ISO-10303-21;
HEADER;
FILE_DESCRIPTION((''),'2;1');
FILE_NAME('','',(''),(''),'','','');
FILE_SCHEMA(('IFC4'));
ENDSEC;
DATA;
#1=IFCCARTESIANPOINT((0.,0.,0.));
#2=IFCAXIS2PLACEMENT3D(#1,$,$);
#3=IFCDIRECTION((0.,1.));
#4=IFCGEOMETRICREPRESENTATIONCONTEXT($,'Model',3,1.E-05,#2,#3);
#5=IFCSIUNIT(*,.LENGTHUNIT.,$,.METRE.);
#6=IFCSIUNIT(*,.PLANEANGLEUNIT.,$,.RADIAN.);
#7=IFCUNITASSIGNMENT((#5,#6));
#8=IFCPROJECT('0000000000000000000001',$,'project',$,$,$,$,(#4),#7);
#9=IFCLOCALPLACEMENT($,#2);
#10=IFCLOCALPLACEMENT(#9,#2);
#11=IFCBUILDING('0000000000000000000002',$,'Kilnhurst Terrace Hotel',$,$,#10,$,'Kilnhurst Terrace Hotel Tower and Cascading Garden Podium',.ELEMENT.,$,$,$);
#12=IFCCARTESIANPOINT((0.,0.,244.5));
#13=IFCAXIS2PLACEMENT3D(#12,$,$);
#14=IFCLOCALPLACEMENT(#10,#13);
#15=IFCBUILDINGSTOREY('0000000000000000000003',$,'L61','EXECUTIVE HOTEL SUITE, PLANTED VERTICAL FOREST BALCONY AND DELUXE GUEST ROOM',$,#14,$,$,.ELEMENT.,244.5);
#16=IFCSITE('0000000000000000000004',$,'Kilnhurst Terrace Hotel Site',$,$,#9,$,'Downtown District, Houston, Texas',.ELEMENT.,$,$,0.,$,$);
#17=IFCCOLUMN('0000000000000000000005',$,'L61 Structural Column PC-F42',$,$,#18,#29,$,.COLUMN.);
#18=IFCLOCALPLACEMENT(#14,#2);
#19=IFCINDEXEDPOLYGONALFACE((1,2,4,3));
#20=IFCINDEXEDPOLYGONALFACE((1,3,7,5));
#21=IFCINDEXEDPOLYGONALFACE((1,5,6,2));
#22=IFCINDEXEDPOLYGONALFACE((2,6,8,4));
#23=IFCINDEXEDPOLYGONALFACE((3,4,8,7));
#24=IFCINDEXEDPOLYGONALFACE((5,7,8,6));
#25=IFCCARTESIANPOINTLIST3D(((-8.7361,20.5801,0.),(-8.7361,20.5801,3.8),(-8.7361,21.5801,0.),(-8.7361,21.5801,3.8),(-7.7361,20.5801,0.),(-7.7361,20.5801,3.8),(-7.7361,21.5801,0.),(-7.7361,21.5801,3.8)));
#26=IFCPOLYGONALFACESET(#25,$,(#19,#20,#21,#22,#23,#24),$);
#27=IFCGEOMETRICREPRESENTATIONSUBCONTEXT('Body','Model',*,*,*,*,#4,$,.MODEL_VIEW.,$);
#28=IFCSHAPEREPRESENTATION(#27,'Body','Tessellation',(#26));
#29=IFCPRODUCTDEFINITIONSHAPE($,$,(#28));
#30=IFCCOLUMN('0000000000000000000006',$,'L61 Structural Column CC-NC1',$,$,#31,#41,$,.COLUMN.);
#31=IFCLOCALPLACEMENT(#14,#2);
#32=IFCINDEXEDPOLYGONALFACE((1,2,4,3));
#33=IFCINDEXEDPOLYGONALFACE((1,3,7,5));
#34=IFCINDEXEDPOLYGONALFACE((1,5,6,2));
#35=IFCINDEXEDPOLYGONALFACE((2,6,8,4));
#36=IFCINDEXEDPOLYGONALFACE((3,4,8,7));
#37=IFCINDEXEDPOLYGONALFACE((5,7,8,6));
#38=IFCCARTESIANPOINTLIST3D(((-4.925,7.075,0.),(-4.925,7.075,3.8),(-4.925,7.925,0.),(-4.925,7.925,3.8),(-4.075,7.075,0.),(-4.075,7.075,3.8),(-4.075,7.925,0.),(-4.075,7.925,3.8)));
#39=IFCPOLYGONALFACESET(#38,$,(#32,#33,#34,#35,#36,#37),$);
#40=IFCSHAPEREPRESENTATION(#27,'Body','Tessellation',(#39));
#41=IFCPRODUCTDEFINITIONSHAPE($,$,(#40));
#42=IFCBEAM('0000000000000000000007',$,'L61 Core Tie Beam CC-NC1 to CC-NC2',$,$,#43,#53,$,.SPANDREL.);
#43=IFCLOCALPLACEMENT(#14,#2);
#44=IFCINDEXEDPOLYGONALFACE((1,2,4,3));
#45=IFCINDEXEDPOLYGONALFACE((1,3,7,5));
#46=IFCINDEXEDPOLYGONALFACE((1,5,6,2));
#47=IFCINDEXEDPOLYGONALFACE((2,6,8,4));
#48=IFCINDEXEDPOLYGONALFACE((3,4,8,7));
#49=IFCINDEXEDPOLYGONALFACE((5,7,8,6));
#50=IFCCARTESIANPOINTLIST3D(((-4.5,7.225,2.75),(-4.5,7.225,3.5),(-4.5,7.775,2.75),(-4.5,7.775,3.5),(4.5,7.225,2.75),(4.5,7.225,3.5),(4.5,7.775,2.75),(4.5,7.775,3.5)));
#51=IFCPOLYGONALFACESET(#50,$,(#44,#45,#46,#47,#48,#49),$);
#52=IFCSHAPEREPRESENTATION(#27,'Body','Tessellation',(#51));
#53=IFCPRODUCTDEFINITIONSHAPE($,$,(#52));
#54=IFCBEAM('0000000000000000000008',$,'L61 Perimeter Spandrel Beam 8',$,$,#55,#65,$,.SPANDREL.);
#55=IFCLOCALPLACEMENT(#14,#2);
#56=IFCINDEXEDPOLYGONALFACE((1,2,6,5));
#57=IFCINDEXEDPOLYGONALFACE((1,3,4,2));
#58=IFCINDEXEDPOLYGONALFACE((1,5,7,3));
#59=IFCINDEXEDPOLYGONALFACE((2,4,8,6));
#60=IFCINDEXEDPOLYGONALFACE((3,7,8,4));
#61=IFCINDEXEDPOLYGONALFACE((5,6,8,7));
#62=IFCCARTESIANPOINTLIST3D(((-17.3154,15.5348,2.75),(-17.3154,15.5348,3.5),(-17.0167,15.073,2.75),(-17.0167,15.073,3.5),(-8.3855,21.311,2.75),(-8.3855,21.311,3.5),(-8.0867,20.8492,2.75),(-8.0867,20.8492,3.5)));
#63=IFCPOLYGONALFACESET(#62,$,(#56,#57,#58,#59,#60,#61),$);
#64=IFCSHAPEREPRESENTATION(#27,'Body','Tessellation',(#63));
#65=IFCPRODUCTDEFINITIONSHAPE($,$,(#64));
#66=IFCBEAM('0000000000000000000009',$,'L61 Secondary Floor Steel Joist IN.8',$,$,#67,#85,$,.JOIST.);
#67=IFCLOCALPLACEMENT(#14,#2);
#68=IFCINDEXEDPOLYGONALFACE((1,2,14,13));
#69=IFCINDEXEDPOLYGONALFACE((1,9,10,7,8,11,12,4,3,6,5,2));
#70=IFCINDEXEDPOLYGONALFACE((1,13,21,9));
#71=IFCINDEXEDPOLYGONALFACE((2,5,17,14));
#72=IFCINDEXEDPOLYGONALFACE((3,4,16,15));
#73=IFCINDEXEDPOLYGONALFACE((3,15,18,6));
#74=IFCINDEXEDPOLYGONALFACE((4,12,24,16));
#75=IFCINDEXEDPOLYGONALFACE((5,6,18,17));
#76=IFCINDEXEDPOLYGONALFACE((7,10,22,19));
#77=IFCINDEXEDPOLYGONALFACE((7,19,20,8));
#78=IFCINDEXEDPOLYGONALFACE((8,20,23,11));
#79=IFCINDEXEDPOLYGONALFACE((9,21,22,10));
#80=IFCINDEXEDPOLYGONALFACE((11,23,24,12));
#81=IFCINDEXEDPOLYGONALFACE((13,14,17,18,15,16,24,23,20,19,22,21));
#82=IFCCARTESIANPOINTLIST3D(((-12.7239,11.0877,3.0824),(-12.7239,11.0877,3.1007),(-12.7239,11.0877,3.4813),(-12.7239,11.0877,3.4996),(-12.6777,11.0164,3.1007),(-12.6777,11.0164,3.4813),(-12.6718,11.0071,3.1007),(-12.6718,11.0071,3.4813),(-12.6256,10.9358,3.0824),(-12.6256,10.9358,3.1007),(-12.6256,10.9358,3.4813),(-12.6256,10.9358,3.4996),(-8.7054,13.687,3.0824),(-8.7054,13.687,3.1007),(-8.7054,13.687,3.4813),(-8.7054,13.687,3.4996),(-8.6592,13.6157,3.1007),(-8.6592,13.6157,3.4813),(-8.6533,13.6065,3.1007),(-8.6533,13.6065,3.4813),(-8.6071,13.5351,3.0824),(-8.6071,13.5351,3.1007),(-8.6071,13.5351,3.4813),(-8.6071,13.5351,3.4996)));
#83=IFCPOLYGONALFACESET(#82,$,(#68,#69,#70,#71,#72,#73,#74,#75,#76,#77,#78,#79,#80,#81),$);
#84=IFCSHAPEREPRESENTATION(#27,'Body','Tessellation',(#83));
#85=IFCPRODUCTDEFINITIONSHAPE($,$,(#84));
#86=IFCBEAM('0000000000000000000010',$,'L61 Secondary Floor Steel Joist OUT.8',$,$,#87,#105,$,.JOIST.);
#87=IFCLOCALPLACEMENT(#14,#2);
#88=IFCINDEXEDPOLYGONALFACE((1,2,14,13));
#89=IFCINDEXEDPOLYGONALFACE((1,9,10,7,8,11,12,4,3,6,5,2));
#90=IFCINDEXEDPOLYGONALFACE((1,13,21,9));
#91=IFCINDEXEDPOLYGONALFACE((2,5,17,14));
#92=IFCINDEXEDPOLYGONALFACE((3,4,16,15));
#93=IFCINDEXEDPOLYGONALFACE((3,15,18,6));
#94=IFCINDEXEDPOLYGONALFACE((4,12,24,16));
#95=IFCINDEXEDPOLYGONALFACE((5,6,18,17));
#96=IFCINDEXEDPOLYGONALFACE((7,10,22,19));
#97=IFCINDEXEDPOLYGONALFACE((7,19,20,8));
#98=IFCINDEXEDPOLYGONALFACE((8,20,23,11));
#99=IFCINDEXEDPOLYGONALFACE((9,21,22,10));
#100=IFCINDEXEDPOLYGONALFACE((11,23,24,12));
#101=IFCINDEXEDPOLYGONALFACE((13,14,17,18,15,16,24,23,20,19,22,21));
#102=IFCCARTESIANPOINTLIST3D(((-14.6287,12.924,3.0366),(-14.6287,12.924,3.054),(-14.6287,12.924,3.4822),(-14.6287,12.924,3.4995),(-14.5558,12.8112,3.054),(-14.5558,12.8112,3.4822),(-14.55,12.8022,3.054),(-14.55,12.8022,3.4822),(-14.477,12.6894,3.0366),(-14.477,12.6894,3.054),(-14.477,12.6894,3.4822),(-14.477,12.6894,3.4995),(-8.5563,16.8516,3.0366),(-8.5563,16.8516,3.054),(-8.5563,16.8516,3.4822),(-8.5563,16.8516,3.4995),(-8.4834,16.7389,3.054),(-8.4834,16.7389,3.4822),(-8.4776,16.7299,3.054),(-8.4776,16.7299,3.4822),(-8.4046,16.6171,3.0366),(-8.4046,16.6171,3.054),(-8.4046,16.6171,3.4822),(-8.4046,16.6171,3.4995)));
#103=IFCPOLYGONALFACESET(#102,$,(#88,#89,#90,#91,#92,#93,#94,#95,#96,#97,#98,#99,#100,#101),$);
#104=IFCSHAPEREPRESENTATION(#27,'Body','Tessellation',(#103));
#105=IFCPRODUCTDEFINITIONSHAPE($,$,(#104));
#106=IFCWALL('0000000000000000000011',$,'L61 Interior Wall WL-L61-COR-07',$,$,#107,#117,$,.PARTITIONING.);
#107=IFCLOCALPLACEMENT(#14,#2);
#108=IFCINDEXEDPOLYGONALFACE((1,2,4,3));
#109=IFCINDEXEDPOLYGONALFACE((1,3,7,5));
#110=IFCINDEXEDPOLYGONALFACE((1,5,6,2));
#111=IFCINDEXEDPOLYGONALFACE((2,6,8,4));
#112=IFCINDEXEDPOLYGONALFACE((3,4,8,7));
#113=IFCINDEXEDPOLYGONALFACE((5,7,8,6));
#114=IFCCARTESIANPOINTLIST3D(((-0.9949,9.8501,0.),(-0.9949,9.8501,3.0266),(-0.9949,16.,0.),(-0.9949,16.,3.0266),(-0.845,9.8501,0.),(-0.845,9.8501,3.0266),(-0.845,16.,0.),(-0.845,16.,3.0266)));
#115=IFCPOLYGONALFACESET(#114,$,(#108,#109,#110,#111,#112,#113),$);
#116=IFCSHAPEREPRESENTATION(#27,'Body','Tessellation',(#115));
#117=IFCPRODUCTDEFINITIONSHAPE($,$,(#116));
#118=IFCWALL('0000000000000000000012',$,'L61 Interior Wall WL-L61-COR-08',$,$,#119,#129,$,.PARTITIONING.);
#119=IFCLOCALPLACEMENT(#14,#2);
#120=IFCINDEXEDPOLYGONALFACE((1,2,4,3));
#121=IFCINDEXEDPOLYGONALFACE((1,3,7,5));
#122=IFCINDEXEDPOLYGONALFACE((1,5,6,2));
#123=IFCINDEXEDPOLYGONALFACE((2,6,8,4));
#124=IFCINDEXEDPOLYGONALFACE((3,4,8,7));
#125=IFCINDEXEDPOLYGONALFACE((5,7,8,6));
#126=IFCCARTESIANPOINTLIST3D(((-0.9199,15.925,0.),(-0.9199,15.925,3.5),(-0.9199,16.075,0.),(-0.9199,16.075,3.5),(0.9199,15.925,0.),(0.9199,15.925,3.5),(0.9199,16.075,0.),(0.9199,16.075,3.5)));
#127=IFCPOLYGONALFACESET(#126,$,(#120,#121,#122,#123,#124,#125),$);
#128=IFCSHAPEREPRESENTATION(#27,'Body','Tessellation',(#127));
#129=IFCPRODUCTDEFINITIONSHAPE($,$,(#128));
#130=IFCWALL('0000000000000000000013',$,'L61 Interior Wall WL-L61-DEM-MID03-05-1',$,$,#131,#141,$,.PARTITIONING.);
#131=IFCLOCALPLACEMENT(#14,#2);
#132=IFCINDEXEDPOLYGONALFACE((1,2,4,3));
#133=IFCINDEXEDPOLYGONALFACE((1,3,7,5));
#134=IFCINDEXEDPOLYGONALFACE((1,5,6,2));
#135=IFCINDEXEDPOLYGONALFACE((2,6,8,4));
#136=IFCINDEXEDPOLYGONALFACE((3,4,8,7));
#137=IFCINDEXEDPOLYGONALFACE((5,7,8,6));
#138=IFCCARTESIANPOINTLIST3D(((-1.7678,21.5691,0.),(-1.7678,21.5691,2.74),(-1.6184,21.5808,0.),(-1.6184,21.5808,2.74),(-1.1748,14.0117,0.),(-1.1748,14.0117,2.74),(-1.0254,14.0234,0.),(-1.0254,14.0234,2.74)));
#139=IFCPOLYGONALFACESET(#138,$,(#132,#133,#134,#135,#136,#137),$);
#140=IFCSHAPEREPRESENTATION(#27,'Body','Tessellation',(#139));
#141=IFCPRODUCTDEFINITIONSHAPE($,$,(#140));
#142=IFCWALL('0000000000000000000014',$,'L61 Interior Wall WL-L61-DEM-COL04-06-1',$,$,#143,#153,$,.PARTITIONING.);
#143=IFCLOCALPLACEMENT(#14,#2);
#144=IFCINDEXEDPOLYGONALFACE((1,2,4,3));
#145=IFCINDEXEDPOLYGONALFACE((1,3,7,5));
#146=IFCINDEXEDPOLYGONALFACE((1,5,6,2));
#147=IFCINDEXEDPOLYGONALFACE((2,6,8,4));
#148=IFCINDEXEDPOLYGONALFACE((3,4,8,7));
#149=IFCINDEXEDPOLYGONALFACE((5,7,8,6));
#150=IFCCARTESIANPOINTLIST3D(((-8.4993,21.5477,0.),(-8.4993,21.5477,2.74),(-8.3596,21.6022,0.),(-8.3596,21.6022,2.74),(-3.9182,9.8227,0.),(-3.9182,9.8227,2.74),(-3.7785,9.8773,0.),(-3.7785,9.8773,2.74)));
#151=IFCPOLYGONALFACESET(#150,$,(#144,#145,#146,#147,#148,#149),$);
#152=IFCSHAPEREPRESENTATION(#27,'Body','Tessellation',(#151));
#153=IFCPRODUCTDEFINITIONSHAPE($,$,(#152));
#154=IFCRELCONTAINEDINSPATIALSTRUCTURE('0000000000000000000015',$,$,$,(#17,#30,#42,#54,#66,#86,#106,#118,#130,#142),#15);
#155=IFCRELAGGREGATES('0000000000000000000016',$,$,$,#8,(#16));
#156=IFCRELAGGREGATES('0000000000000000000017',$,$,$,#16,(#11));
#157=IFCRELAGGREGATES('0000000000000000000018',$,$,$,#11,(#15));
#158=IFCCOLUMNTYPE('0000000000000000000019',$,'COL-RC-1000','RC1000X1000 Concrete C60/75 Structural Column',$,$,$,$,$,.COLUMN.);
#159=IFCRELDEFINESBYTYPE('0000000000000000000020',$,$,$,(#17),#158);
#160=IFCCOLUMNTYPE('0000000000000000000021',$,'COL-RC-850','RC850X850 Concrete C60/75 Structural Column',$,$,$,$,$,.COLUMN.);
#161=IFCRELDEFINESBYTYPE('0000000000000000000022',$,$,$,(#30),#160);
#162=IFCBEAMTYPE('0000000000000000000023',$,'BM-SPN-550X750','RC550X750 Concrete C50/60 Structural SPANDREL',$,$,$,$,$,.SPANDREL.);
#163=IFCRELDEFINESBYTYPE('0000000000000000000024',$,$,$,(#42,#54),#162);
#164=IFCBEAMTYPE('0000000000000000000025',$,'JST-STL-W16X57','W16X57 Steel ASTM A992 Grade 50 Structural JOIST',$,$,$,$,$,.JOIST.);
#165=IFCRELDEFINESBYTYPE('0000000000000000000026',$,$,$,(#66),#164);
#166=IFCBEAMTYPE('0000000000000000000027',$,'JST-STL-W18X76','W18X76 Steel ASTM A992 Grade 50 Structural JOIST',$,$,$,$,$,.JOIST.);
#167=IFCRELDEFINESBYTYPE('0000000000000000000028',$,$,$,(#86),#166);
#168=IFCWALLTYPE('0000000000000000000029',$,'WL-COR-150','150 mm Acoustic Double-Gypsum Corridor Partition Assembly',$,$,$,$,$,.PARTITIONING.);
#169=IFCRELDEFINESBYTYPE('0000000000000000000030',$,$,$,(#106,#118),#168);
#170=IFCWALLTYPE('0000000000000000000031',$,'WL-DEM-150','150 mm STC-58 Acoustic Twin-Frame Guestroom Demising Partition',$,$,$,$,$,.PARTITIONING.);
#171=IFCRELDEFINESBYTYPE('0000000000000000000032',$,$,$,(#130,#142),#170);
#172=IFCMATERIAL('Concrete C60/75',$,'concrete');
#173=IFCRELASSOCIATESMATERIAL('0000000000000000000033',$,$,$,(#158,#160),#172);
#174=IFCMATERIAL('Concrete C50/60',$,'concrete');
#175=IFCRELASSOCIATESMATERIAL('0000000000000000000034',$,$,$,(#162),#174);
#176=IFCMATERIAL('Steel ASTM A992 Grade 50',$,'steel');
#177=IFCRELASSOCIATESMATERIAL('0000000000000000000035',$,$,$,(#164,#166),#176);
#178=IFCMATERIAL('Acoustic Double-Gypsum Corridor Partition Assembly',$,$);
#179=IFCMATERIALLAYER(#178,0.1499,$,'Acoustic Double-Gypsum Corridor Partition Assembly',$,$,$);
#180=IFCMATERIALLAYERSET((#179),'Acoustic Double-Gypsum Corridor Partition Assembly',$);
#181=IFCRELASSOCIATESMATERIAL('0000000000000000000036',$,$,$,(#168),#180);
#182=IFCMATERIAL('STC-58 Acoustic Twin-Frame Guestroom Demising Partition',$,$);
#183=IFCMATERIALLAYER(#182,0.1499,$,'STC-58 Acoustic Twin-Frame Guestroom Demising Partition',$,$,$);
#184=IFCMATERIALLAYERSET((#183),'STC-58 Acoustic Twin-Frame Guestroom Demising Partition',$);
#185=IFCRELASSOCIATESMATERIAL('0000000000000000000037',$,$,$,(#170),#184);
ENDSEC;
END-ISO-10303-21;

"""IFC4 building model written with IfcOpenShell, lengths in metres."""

from ifc_helpers import new_model, si_unit, direction, frame, frame_2d, origin, origin_2d, place, context, subcontext, project, spatial, rectangle, i_section, extrude, material, layer, layer_set, material_profile, profile_set, type_object, element, save


model = new_model("IFC4")

# Units and contexts
model_context = context("Model", 3, precision=1e-05, world=origin(), true_north=direction((0.0, 1.0)))
body_context = subcontext(model_context, "Body", "Model", "MODEL_VIEW")
ifc_project = project(units=[si_unit("LENGTHUNIT", "METRE"), si_unit("PLANEANGLEUNIT", "RADIAN")], contexts=[model_context])

# Site, building, storey
site_placement = place(None, origin())
site = spatial("IfcSite", under=ifc_project, at=site_placement, Name="Kilnhurst Terrace Hotel Site", LongName="Downtown District, Houston, Texas", CompositionType="ELEMENT", RefElevation=0.0)
building_placement = place(site_placement, origin())
building = spatial("IfcBuilding", under=site, at=building_placement, Name="Kilnhurst Terrace Hotel", LongName="Kilnhurst Terrace Hotel Tower and Cascading Garden Podium", CompositionType="ELEMENT")
storey_placement = place(building_placement, frame((0.0, 0.0, 244.5)))
storey = spatial("IfcBuildingStorey", under=building, at=storey_placement, Name="L61", Description="EXECUTIVE HOTEL SUITE, PLANTED VERTICAL FOREST BALCONY AND DELUXE GUEST ROOM", CompositionType="ELEMENT", Elevation=244.5)

# Columns
ifc_material_1 = material(Name="Concrete C60/75", Category="concrete")
ifc_material_profile_1 = material_profile(ifc_material_1, rectangle(XDim=1.0, YDim=1.0, at=origin_2d()), Name="RC1000X1000")
ifc_profile_set_1 = profile_set([ifc_material_profile_1], Name="Concrete C60/75")
column_type_1 = type_object("IfcColumnType", Name="COL-RC-1000", Description="RC1000X1000 Concrete C60/75 Structural Column", PredefinedType="COLUMN", material=ifc_profile_set_1)
column_1_placement = place(storey_placement, frame((-8.2361, 21.0801, 0.0), z_axis=(0.0, 0.0, 1.0), x_axis=(1.0, 0.0, 0.0)))
element("IfcColumn", 1, at=column_1_placement, inside=storey, type_object=column_type_1, Name="L61 Structural Column PC-F42", PredefinedType="COLUMN", context=body_context, shape_type="SweptSolid", body=[
    extrude(rectangle(XDim=1.0, YDim=1.0, at=origin_2d()), origin(), (0.0, 0.0, 1.0), 3.8),
])
ifc_material_profile_2 = material_profile(ifc_material_1, rectangle(XDim=0.8501, YDim=0.8501, at=origin_2d()), Name="RC850X850")
ifc_profile_set_2 = profile_set([ifc_material_profile_2], Name="Concrete C60/75")
column_type_2 = type_object("IfcColumnType", Name="COL-RC-850", Description="RC850X850 Concrete C60/75 Structural Column", PredefinedType="COLUMN", material=ifc_profile_set_2)
column_2_placement = place(storey_placement, frame((-4.5, 7.5, 0.0), z_axis=(0.0, 0.0, 1.0), x_axis=(1.0, 0.0, 0.0)))
element("IfcColumn", 2, at=column_2_placement, inside=storey, type_object=column_type_2, Name="L61 Structural Column CC-NC1", PredefinedType="COLUMN", context=body_context, shape_type="SweptSolid", body=[
    extrude(rectangle(XDim=0.8501, YDim=0.8501, at=origin_2d()), origin(), (0.0, 0.0, 1.0), 3.8),
])

# Beams
ifc_material_2 = material(Name="Concrete C50/60", Category="concrete")
ifc_material_profile_3 = material_profile(ifc_material_2, rectangle(XDim=0.55, YDim=0.75, at=origin_2d()), Name="RC550X750")
ifc_profile_set_3 = profile_set([ifc_material_profile_3], Name="Concrete C50/60")
beam_type_1 = type_object("IfcBeamType", Name="BM-SPN-550X750", Description="RC550X750 Concrete C50/60 Structural SPANDREL", PredefinedType="SPANDREL", material=ifc_profile_set_3)
beam_1_placement = place(storey_placement, frame((-4.5, 7.5, 3.125), z_axis=(1.0, 0.0, 0.0), x_axis=(0.0, 1.0, 0.0)))
element("IfcBeam", 3, at=beam_1_placement, inside=storey, type_object=beam_type_1, Name="L61 Core Tie Beam CC-NC1 to CC-NC2", PredefinedType="SPANDREL", context=body_context, shape_type="SweptSolid", body=[
    extrude(rectangle(XDim=0.55, YDim=0.75, at=origin_2d()), origin(), (0.0, 0.0, 1.0), 9.0),
])
beam_2_placement = place(storey_placement, frame((-8.2361, 21.0801, 3.125), z_axis=(-0.839659, -0.543114, 0.0), x_axis=(0.543114, -0.839659, 0.0)))
element("IfcBeam", 4, at=beam_2_placement, inside=storey, type_object=beam_type_1, Name="L61 Perimeter Spandrel Beam 8", PredefinedType="SPANDREL", context=body_context, shape_type="SweptSolid", body=[
    extrude(rectangle(XDim=0.55, YDim=0.75, at=origin_2d()), origin(), (0.0, 0.0, 1.0), 10.6353),
])
ifc_material_3 = material(Name="Steel ASTM A992 Grade 50", Category="steel")
ifc_material_profile_4 = material_profile(ifc_material_3, i_section(OverallWidth=0.1809, OverallDepth=0.4172, WebThickness=0.011, FlangeThickness=0.0183, at=origin_2d()), Name="W16X57")
ifc_profile_set_4 = profile_set([ifc_material_profile_4], Name="Steel ASTM A992 Grade 50")
beam_type_2 = type_object("IfcBeamType", Name="JST-STL-W16X57", Description="W16X57 Steel ASTM A992 Grade 50 Structural JOIST", PredefinedType="JOIST", material=ifc_profile_set_4)
beam_3_placement = place(storey_placement, frame((-8.6562, 13.6111, 3.291), z_axis=(-0.839654, -0.543122, 0.0), x_axis=(0.543122, -0.839654, 0.0)))
element("IfcBeam", 5, at=beam_3_placement, inside=storey, type_object=beam_type_2, Name="L61 Secondary Floor Steel Joist IN.8", PredefinedType="JOIST", context=body_context, shape_type="SweptSolid", body=[
    extrude(i_section(OverallWidth=0.1809, OverallDepth=0.4172, WebThickness=0.011, FlangeThickness=0.0183, at=origin_2d()), origin(), (0.0, 0.0, 1.0), 4.7859),
])
ifc_material_profile_5 = material_profile(ifc_material_3, i_section(OverallWidth=0.2793, OverallDepth=0.4629, WebThickness=0.0107, FlangeThickness=0.0173, at=origin_2d()), Name="W18X76")
ifc_profile_set_5 = profile_set([ifc_material_profile_5], Name="Steel ASTM A992 Grade 50")
beam_type_3 = type_object("IfcBeamType", Name="JST-STL-W18X76", Description="W18X76 Steel ASTM A992 Grade 50 Structural JOIST", PredefinedType="JOIST", material=ifc_profile_set_5)
beam_4_placement = place(storey_placement, frame((-8.4805, 16.7344, 3.2681), z_axis=(-0.839667, -0.543101, 0.0), x_axis=(0.543101, -0.839667, 0.0)))
element("IfcBeam", 6, at=beam_4_placement, inside=storey, type_object=beam_type_3, Name="L61 Secondary Floor Steel Joist OUT.8", PredefinedType="JOIST", context=body_context, shape_type="SweptSolid", body=[
    extrude(i_section(OverallWidth=0.2793, OverallDepth=0.4629, WebThickness=0.0107, FlangeThickness=0.0173, at=origin_2d()), origin(), (0.0, 0.0, 1.0), 7.2319),
])

# Walls
ifc_material_4 = material(Name="Acoustic Double-Gypsum Corridor Partition Assembly")
ifc_layer_1 = layer(ifc_material_4, 0.1499, Name="Acoustic Double-Gypsum Corridor Partition Assembly")
ifc_layer_set_1 = layer_set([ifc_layer_1], Name="Acoustic Double-Gypsum Corridor Partition Assembly")
wall_type_1 = type_object("IfcWallType", Name="WL-COR-150", Description="150 mm Acoustic Double-Gypsum Corridor Partition Assembly", PredefinedType="PARTITIONING", material=ifc_layer_set_1)
wall_1_placement = place(storey_placement, frame((-0.9199, 9.8501, 0.0), z_axis=(0.0, 0.0, 1.0), x_axis=(0.0, 1.0, 0.0)))
element("IfcWall", 7, at=wall_1_placement, inside=storey, type_object=wall_type_1, Name="L61 Interior Wall WL-L61-COR-07", PredefinedType="PARTITIONING", context=body_context, shape_type="SweptSolid", body=[
    extrude(rectangle(XDim=6.1499, YDim=0.1499, at=frame_2d((3.075, 0.0))), origin(), (0.0, 0.0, 1.0), 3.0266),
])
wall_2_placement = place(storey_placement, frame((-0.9199, 16.0, 0.0), z_axis=(0.0, 0.0, 1.0), x_axis=(1.0, 0.0, 0.0)))
element("IfcWall", 8, at=wall_2_placement, inside=storey, type_object=wall_type_1, Name="L61 Interior Wall WL-L61-COR-08", PredefinedType="PARTITIONING", context=body_context, shape_type="SweptSolid", body=[
    extrude(rectangle(XDim=1.8398, YDim=0.1499, at=frame_2d((0.9199, 0.0))), origin(), (0.0, 0.0, 1.0), 3.5),
])
ifc_material_5 = material(Name="STC-58 Acoustic Twin-Frame Guestroom Demising Partition")
ifc_layer_2 = layer(ifc_material_5, 0.1499, Name="STC-58 Acoustic Twin-Frame Guestroom Demising Partition")
ifc_layer_set_2 = layer_set([ifc_layer_2], Name="STC-58 Acoustic Twin-Frame Guestroom Demising Partition")
wall_type_2 = type_object("IfcWallType", Name="WL-DEM-150", Description="150 mm STC-58 Acoustic Twin-Frame Guestroom Demising Partition", PredefinedType="PARTITIONING", material=ifc_layer_set_2)
wall_3_placement = place(storey_placement, frame((-1.1001, 14.0176, 0.0), z_axis=(0.0, 0.0, 1.0), x_axis=(-0.078228, 0.996935, 0.0)))
element("IfcWall", 9, at=wall_3_placement, inside=storey, type_object=wall_type_2, Name="L61 Interior Wall WL-L61-DEM-MID03-05-1", PredefinedType="PARTITIONING", context=body_context, shape_type="SweptSolid", body=[
    extrude(rectangle(XDim=7.5806, YDim=0.1499, at=frame_2d((3.7903, 0.0))), origin(), (0.0, 0.0, 1.0), 2.74),
])
wall_4_placement = place(storey_placement, frame((-3.8484, 9.8501, 0.0), z_axis=(0.0, 0.0, 1.0), x_axis=(-0.363922, 0.93143, 0.0)))
element("IfcWall", 10, at=wall_4_placement, inside=storey, type_object=wall_type_2, Name="L61 Interior Wall WL-L61-DEM-COL04-06-1", PredefinedType="PARTITIONING", context=body_context, shape_type="SweptSolid", body=[
    extrude(rectangle(XDim=12.5881, YDim=0.1499, at=frame_2d((6.2939, 0.0))), origin(), (0.0, 0.0, 1.0), 2.74),
])

save(model, "model.ifc")
